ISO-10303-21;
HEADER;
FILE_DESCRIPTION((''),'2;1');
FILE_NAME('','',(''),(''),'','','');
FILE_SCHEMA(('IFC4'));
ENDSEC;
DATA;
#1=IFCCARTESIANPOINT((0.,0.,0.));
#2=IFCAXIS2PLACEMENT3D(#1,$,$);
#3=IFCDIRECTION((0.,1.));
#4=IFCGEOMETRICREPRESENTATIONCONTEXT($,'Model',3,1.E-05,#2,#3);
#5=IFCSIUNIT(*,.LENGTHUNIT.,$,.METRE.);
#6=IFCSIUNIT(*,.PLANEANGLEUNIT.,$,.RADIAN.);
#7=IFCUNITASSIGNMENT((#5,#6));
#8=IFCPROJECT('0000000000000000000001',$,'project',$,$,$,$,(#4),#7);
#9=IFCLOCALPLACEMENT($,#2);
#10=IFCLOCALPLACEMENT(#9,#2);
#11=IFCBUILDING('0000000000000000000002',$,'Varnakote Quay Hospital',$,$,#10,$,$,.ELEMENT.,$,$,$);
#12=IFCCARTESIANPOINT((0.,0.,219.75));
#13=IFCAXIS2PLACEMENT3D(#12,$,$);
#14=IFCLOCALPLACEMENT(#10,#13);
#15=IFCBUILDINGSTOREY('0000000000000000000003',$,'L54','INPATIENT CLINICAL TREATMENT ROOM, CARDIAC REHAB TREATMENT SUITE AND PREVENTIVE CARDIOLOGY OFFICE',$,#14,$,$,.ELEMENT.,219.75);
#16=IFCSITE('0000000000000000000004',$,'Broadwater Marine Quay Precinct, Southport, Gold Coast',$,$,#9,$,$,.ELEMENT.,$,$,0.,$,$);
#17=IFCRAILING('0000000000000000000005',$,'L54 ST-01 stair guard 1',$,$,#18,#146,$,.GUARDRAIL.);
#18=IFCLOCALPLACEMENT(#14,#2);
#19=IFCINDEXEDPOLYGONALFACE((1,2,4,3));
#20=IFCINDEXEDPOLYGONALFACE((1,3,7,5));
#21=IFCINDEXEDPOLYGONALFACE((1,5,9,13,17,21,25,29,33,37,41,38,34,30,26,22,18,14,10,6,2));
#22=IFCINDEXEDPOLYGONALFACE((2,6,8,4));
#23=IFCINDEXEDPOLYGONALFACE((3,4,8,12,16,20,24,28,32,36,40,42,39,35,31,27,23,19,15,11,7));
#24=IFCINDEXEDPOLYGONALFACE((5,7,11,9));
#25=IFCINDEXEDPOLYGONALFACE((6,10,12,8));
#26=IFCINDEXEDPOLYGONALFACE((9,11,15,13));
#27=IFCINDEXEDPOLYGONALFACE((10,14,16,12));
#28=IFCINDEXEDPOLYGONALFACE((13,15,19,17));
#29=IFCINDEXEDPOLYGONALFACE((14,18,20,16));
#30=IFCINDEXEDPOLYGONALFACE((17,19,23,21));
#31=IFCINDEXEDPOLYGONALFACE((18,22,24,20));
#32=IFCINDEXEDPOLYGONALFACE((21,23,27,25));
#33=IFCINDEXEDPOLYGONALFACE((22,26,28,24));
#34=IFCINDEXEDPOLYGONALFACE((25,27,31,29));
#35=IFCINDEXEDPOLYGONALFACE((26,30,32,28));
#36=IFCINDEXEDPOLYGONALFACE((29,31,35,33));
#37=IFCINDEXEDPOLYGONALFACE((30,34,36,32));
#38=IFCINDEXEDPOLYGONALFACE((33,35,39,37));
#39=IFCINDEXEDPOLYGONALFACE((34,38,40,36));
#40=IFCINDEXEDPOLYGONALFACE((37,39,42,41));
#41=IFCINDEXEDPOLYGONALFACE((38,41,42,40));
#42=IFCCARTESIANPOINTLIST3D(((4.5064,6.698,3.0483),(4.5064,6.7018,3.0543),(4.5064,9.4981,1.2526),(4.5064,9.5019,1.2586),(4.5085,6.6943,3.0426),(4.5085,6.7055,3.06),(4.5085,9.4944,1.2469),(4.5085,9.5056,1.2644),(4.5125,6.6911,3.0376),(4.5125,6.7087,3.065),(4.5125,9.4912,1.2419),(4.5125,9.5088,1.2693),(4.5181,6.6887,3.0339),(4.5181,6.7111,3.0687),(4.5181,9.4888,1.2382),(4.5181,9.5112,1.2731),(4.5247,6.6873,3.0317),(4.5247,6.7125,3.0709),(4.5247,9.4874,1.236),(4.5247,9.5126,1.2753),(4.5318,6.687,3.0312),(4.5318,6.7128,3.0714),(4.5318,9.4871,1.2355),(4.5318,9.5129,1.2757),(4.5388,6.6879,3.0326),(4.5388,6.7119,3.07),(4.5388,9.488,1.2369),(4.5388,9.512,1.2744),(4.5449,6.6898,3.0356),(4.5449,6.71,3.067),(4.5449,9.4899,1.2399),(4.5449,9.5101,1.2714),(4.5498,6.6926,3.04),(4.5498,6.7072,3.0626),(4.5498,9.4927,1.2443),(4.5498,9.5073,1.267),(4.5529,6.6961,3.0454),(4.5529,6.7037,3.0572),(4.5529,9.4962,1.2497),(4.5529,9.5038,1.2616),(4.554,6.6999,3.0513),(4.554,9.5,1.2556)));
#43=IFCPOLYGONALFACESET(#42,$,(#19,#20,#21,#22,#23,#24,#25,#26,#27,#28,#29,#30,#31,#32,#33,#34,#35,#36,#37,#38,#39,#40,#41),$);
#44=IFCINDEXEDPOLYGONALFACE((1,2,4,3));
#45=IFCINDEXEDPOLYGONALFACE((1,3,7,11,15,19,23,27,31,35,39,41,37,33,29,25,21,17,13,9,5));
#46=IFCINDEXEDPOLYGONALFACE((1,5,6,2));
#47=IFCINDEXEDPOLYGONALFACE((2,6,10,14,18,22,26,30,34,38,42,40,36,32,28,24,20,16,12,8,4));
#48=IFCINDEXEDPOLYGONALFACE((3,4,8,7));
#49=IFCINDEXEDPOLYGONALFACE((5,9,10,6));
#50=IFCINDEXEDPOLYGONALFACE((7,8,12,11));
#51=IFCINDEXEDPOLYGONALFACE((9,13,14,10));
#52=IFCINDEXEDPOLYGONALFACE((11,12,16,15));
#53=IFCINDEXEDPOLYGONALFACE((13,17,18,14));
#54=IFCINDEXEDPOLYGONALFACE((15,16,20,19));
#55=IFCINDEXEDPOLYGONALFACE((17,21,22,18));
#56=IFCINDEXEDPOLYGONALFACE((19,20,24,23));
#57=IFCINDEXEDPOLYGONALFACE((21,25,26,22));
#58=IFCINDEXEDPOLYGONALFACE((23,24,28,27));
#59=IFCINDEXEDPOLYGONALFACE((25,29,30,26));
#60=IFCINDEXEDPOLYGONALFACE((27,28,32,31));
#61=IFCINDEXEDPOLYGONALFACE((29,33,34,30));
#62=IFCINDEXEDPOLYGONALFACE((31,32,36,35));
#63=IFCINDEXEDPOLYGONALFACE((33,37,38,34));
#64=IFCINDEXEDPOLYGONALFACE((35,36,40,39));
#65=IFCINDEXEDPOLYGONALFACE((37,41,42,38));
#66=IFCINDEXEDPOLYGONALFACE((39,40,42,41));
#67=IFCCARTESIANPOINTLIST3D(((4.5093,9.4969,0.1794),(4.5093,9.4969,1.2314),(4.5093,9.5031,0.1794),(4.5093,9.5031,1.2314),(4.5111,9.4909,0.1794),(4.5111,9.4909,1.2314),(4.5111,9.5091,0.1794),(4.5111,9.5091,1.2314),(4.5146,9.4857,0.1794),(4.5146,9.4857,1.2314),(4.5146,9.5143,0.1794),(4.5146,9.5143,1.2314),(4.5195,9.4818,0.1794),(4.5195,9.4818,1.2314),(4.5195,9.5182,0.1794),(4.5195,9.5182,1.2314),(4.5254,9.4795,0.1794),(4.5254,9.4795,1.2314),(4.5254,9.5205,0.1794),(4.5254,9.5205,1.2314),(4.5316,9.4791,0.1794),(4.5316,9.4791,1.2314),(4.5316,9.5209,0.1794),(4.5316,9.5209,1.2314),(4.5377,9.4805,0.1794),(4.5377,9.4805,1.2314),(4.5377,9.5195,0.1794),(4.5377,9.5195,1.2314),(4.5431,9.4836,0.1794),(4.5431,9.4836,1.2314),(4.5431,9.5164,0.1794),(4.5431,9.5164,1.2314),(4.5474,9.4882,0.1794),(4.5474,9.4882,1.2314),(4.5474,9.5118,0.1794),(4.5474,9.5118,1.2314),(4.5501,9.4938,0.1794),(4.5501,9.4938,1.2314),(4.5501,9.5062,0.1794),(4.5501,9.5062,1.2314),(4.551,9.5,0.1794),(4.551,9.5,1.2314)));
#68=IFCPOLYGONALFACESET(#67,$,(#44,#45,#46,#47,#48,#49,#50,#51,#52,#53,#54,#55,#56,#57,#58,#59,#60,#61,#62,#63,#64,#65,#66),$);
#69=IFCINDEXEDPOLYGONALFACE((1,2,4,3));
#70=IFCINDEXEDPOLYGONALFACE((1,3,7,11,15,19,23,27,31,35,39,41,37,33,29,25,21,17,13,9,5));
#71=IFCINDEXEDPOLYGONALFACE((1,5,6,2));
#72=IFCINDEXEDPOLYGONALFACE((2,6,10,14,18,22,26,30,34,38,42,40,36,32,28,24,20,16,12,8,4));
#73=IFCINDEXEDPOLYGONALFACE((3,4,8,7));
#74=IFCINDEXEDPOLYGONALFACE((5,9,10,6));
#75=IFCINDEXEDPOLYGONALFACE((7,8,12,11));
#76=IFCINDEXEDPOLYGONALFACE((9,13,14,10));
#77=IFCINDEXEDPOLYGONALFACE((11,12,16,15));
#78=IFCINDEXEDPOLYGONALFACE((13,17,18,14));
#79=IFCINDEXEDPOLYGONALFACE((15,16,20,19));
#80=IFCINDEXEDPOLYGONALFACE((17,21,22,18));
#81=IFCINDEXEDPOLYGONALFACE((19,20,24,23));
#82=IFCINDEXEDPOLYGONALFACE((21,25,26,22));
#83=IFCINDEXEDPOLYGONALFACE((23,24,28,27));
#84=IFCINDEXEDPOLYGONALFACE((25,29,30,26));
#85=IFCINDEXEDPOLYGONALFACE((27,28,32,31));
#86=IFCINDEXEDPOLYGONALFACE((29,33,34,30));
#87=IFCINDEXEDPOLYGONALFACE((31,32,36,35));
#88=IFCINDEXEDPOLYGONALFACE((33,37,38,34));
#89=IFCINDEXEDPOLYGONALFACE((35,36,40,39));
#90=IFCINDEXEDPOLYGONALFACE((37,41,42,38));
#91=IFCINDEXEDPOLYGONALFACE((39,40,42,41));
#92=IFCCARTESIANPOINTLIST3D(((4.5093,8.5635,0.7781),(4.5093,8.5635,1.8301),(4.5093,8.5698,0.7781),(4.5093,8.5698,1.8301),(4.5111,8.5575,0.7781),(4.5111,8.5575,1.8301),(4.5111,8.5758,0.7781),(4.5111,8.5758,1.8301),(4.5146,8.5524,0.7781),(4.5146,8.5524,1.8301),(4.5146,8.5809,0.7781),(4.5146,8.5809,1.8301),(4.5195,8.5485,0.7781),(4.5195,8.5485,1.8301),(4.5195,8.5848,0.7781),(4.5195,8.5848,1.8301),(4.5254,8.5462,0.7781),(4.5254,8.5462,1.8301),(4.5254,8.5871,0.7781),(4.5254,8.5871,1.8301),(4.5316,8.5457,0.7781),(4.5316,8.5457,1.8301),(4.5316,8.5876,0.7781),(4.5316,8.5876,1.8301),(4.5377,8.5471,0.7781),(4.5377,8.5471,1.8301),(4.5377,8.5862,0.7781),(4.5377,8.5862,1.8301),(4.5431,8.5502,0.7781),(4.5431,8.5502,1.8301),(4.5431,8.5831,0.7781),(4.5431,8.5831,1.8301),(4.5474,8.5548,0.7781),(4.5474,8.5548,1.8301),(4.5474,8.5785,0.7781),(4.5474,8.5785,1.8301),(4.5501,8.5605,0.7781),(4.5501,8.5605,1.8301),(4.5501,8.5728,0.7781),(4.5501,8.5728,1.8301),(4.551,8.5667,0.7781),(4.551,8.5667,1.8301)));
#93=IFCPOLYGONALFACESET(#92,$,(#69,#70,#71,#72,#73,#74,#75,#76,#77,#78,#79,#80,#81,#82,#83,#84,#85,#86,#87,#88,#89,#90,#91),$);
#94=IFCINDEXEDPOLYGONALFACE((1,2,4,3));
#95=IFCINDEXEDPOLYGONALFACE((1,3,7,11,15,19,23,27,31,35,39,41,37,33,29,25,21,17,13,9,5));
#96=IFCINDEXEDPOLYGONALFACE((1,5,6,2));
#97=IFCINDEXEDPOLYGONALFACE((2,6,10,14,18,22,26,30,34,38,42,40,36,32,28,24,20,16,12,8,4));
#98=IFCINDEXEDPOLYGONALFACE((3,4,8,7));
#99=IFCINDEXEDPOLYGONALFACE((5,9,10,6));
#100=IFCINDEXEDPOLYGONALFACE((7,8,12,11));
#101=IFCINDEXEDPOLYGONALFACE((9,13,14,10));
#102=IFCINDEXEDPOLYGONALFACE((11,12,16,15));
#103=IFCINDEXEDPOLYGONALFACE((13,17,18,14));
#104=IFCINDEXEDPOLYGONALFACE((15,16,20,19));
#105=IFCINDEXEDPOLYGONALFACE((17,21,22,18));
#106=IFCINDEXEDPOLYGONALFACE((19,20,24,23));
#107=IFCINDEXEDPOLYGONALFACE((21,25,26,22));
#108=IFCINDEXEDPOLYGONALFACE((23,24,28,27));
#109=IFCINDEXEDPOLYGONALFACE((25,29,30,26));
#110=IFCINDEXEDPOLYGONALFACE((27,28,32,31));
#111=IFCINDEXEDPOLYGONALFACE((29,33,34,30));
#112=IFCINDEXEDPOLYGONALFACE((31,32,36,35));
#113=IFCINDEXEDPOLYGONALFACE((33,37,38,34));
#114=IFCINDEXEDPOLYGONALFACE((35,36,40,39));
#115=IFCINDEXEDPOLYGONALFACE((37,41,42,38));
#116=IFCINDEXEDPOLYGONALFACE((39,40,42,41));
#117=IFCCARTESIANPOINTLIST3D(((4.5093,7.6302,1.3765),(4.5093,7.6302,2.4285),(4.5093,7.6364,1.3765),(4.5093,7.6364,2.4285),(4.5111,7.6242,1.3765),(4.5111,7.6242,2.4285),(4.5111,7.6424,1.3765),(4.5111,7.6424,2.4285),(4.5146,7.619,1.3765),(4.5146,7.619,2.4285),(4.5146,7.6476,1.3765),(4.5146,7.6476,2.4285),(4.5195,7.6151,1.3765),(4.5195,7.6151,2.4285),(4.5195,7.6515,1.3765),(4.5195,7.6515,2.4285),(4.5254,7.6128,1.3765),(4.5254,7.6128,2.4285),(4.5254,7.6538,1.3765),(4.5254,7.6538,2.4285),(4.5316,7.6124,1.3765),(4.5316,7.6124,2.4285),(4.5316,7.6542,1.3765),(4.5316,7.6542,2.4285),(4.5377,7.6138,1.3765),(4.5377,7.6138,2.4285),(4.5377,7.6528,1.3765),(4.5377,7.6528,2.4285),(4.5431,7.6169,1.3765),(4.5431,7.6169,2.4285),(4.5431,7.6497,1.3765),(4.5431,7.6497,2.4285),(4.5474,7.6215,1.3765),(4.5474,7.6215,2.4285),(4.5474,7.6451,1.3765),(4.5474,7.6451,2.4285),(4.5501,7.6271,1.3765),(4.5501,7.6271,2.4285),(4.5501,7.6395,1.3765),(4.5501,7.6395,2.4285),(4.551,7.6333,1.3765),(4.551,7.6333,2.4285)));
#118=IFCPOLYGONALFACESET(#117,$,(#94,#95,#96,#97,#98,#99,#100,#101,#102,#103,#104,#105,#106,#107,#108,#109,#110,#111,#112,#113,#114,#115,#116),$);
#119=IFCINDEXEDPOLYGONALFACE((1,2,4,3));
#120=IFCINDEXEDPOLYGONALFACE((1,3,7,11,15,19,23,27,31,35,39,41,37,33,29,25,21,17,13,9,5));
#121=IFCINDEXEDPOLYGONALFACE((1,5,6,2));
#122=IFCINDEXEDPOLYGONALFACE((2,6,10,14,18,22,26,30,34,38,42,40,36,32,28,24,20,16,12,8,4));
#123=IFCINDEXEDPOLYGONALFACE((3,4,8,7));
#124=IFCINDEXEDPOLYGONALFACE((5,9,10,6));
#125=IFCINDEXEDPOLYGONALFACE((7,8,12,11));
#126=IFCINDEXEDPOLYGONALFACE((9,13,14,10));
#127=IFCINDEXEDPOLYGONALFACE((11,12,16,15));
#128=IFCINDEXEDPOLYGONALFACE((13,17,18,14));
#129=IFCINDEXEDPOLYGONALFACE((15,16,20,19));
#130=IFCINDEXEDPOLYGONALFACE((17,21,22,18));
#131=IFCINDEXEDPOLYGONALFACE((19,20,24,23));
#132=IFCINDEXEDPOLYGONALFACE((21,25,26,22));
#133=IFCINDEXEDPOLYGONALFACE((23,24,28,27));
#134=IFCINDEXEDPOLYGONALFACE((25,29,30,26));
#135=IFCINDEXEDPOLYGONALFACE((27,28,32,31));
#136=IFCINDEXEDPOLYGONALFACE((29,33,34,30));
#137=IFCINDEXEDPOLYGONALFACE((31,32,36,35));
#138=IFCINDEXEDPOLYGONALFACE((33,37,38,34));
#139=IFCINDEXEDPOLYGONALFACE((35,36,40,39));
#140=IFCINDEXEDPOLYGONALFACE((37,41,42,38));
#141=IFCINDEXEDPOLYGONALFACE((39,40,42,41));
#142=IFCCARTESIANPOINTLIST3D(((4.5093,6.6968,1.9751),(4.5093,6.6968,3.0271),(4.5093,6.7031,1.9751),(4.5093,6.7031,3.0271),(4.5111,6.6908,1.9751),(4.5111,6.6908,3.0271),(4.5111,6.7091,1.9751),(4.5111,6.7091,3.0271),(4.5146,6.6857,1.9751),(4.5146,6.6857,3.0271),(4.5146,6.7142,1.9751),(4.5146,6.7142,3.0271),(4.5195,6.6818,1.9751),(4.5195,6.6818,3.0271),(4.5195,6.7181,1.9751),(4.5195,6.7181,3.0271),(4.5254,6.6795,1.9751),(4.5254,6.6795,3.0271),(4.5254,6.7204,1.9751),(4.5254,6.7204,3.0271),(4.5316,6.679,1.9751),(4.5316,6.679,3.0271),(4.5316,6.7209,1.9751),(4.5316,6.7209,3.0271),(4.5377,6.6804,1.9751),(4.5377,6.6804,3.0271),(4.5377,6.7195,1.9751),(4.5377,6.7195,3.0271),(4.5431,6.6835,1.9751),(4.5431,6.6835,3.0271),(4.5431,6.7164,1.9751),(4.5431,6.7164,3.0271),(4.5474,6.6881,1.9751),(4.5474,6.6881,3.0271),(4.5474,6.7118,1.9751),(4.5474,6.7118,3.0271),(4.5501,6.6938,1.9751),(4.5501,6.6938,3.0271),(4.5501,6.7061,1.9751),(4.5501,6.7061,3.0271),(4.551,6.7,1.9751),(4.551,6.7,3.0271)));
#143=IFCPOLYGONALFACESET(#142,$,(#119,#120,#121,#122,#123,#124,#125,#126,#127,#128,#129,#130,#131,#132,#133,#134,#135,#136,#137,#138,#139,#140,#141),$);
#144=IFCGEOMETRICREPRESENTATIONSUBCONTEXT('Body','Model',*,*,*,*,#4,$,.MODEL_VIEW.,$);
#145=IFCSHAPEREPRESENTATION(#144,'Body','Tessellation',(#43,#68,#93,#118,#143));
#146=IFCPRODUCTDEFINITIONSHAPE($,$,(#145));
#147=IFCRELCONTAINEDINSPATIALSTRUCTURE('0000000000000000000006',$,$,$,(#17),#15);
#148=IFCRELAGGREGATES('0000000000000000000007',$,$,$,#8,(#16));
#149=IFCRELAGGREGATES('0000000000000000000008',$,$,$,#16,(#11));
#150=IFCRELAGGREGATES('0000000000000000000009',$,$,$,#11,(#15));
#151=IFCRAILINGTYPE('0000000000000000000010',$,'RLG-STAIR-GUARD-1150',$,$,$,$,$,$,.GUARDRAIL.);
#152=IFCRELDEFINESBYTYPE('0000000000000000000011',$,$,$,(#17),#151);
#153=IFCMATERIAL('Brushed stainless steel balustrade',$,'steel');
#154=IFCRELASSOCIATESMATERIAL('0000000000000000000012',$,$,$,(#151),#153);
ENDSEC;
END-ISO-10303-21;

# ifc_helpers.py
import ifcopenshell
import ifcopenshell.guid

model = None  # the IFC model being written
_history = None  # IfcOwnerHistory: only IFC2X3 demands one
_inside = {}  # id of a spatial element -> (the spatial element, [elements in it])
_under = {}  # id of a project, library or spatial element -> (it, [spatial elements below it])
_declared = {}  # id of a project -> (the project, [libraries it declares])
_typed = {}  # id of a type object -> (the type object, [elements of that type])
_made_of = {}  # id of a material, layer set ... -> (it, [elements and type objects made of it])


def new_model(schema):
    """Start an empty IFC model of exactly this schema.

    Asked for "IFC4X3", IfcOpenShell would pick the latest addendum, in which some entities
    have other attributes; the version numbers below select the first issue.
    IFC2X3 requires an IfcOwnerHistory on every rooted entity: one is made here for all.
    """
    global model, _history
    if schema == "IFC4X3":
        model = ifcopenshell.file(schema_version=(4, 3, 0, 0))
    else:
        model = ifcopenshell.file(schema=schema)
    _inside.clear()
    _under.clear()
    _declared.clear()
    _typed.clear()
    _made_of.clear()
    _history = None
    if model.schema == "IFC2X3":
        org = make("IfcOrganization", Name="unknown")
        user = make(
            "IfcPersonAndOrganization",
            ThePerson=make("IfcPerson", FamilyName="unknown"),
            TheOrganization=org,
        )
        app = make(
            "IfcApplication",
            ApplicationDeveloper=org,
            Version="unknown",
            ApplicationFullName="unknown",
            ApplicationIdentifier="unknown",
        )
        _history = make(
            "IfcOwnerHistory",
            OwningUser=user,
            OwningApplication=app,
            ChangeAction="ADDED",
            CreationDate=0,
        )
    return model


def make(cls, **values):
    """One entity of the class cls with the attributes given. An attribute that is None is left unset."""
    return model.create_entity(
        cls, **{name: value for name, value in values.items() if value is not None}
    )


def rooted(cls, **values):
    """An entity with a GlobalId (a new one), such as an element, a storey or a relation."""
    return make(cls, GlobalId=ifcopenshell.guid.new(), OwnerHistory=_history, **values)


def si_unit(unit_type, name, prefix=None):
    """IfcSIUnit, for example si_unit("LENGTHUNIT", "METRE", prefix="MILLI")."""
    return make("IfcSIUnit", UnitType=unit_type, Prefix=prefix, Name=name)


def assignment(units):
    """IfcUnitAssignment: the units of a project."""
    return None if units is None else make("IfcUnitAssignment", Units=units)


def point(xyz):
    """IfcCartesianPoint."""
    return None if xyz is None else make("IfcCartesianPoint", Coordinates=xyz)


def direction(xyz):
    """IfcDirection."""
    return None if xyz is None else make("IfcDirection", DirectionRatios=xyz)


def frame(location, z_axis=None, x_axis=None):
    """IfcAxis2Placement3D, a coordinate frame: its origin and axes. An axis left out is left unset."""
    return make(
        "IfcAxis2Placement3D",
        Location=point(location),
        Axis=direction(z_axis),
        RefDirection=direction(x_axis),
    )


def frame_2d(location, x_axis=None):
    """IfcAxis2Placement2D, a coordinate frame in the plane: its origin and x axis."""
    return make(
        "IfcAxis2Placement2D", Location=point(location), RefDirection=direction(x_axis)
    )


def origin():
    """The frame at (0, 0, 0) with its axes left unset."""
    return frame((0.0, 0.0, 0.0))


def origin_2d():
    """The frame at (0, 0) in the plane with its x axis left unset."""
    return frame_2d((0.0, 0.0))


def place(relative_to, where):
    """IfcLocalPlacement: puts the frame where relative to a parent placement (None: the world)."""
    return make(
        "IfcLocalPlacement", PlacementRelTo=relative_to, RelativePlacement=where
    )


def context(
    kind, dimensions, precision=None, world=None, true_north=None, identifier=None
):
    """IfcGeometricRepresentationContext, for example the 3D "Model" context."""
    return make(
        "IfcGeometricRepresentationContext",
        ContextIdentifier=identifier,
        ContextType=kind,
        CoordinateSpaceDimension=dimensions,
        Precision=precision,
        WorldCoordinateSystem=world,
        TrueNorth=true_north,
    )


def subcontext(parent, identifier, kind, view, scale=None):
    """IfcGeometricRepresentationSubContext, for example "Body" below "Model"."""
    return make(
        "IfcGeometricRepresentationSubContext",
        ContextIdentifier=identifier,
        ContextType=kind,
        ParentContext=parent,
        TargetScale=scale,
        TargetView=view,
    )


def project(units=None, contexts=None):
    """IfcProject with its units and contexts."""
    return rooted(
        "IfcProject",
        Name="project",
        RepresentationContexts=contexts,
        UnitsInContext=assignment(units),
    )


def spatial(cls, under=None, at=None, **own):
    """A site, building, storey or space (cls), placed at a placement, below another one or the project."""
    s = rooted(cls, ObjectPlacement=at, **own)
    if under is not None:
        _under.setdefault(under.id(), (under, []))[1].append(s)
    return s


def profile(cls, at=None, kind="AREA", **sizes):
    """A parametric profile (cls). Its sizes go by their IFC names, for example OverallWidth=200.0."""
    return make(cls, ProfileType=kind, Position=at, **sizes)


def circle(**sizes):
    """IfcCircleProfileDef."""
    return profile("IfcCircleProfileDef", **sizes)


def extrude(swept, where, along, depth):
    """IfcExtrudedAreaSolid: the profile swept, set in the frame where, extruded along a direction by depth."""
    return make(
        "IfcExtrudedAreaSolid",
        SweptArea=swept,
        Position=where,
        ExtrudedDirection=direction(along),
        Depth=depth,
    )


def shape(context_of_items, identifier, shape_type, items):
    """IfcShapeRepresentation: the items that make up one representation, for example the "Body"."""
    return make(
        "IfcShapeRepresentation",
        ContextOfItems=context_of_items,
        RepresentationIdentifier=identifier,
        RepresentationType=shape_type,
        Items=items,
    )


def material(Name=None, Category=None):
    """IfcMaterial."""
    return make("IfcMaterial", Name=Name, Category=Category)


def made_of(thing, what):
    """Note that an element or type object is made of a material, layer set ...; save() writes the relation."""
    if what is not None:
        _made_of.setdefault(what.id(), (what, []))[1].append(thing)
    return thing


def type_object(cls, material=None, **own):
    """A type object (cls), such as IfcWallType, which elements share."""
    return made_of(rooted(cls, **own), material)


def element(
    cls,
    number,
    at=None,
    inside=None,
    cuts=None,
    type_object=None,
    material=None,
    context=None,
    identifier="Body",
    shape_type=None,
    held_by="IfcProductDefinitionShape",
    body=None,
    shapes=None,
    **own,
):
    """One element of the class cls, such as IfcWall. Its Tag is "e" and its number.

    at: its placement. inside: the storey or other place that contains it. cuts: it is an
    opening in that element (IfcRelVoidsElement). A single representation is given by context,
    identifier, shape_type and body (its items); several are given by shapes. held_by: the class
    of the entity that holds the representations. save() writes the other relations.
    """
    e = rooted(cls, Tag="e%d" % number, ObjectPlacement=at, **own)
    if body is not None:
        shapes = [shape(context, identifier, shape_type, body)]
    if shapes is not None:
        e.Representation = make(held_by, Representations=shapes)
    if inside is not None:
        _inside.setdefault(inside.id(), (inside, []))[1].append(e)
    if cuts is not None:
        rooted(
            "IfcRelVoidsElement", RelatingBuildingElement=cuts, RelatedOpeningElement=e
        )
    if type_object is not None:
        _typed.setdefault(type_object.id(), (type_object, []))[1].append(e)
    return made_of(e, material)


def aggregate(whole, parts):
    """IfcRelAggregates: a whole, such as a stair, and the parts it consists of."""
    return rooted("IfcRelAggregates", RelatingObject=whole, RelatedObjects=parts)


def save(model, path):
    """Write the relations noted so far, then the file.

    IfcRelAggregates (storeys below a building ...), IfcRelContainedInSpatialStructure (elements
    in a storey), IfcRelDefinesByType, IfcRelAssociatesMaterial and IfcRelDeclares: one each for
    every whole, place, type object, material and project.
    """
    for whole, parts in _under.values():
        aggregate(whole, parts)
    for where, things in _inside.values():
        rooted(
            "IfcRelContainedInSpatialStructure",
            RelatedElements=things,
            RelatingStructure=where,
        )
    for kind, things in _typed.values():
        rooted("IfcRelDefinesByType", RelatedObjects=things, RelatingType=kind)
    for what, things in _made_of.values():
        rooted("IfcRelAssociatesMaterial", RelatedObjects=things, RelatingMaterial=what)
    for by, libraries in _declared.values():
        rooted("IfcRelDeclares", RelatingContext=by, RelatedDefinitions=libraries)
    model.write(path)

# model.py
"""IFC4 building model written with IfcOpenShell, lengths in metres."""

from ifc_helpers import new_model, si_unit, direction, frame, origin, origin_2d, place, context, subcontext, project, spatial, circle, extrude, material, type_object, element, save


model = new_model("IFC4")

# Units and contexts
model_context = context("Model", 3, precision=1e-05, world=origin(), true_north=direction((0.0, 1.0)))
body_context = subcontext(model_context, "Body", "Model", "MODEL_VIEW")
ifc_project = project(units=[si_unit("LENGTHUNIT", "METRE"), si_unit("PLANEANGLEUNIT", "RADIAN")], contexts=[model_context])

# Site, building, storey
site_placement = place(None, origin())
site = spatial("IfcSite", under=ifc_project, at=site_placement, Name="Broadwater Marine Quay Precinct, Southport, Gold Coast", CompositionType="ELEMENT", RefElevation=0.0)
building_placement = place(site_placement, origin())
building = spatial("IfcBuilding", under=site, at=building_placement, Name="Varnakote Quay Hospital", CompositionType="ELEMENT")
storey_placement = place(building_placement, frame((0.0, 0.0, 219.75)))
storey = spatial("IfcBuildingStorey", under=building, at=storey_placement, Name="L54", Description="INPATIENT CLINICAL TREATMENT ROOM, CARDIAC REHAB TREATMENT SUITE AND PREVENTIVE CARDIOLOGY OFFICE", CompositionType="ELEMENT", Elevation=219.75)

# Railing
ifc_material_1 = material(Name="Brushed stainless steel balustrade", Category="steel")
railing_type_1 = type_object("IfcRailingType", Name="RLG-STAIR-GUARD-1150", PredefinedType="GUARDRAIL", material=ifc_material_1)
railing_1_placement = place(storey_placement, frame((4.53, 9.5, 0.1794)))
element("IfcRailing", 1, at=railing_1_placement, inside=storey, type_object=railing_type_1, Name="L54 ST-01 stair guard 1", PredefinedType="GUARDRAIL", context=body_context, shape_type="SweptSolid", body=[
    extrude(circle(Radius=0.0239, at=origin_2d()), frame((0.0, 0.0, 1.0762), z_axis=(0.0, -0.841777, 0.539826), x_axis=(1.0, 0.0, 0.0)), (0.0, 0.0, 1.0), 3.3264),
    extrude(circle(Radius=0.021, at=origin_2d()), origin(), (0.0, 0.0, 1.0), 1.052),
    extrude(circle(Radius=0.021, at=origin_2d()), frame((0.0, -0.9333, 0.5986)), (0.0, 0.0, 1.0), 1.052),
    extrude(circle(Radius=0.021, at=origin_2d()), frame((0.0, -1.8667, 1.197)), (0.0, 0.0, 1.0), 1.052),
    extrude(circle(Radius=0.021, at=origin_2d()), frame((0.0, -2.8, 1.7957)), (0.0, 0.0, 1.0), 1.052),
])

save(model, "model.ifc")
